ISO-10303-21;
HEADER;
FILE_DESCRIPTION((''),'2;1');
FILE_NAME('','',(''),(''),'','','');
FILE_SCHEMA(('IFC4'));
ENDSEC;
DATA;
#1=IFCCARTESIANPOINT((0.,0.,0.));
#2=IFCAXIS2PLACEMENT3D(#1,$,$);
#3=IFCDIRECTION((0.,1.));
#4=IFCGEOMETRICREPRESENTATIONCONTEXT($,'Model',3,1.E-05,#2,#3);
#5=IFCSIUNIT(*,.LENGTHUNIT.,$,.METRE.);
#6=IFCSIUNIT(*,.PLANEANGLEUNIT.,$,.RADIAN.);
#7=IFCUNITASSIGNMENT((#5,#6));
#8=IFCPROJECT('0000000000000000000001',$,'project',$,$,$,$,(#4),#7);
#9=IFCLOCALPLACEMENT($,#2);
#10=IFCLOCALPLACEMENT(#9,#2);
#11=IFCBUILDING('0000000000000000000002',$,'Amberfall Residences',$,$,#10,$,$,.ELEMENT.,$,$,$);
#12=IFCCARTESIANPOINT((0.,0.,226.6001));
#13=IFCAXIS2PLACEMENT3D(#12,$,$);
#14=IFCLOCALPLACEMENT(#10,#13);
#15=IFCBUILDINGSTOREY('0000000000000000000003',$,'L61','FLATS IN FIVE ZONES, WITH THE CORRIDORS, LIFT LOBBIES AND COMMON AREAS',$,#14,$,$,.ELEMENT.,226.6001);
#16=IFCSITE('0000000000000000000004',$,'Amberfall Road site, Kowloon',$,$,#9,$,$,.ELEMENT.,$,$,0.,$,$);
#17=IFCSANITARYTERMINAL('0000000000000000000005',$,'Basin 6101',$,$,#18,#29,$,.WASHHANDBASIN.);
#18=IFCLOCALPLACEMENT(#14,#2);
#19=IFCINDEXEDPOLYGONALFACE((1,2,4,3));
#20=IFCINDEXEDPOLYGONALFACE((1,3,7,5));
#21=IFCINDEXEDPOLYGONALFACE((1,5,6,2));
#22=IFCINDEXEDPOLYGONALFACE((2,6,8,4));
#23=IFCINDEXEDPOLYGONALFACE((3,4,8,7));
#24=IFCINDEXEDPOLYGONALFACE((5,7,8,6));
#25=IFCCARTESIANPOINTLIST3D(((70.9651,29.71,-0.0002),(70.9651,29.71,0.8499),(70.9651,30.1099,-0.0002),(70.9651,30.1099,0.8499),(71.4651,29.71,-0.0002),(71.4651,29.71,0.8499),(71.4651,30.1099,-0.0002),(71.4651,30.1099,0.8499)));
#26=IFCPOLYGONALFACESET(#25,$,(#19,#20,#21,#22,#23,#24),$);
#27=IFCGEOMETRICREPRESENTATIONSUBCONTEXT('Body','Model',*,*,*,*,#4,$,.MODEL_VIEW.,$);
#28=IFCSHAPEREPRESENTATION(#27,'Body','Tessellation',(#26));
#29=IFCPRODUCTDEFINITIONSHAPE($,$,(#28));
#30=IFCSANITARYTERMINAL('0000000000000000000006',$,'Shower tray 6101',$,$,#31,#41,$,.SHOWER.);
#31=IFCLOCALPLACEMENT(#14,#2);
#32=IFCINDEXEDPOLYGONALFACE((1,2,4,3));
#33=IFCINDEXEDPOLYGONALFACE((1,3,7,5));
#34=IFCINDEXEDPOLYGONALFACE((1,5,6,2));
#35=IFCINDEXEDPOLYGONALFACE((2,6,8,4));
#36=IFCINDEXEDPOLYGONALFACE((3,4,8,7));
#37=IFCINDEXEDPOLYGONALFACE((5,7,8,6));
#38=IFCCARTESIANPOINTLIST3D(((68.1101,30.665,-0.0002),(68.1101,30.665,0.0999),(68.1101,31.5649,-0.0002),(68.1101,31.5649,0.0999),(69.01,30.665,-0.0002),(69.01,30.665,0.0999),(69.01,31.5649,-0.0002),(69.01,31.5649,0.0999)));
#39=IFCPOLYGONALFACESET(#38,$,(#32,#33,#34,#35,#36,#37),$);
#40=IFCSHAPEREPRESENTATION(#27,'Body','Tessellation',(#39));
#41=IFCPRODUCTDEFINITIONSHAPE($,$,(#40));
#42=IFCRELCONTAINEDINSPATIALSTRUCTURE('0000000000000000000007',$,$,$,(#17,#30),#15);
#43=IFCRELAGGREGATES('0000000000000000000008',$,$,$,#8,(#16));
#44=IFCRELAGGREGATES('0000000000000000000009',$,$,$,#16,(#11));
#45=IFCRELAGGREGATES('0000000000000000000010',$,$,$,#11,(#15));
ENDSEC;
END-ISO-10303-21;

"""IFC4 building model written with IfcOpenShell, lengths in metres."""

from ifc_helpers import new_model, si_unit, direction, frame, origin, origin_2d, place, context, subcontext, project, spatial, rectangle, extrude, element, save


model = new_model("IFC4")

# Units and contexts
model_context = context("Model", 3, precision=1e-05, world=origin(), true_north=direction((0.0, 1.0)))
body_context = subcontext(model_context, "Body", "Model", "MODEL_VIEW")
ifc_project = project(units=[si_unit("LENGTHUNIT", "METRE"), si_unit("PLANEANGLEUNIT", "RADIAN")], contexts=[model_context])

# Site, building, storey
site_placement = place(None, origin())
site = spatial("IfcSite", under=ifc_project, at=site_placement, Name="Amberfall Road site, Kowloon", CompositionType="ELEMENT", RefElevation=0.0)
building_placement = place(site_placement, origin())
building = spatial("IfcBuilding", under=site, at=building_placement, Name="Amberfall Residences", CompositionType="ELEMENT")
storey_placement = place(building_placement, frame((0.0, 0.0, 226.6001)))
storey = spatial("IfcBuildingStorey", under=building, at=storey_placement, Name="L61", Description="FLATS IN FIVE ZONES, WITH THE CORRIDORS, LIFT LOBBIES AND COMMON AREAS", CompositionType="ELEMENT", Elevation=226.6001)

# Sanitary terminals
sanitary_terminal_1_placement = place(storey_placement, frame((71.2151, 29.9099, -0.0002), z_axis=(0.0, 0.0, 1.0), x_axis=(1.0, 0.0, 0.0)))
element("IfcSanitaryTerminal", 1, at=sanitary_terminal_1_placement, inside=storey, Name="Basin 6101", PredefinedType="WASHHANDBASIN", context=body_context, shape_type="SweptSolid", body=[
    extrude(rectangle(XDim=0.5, YDim=0.3999, at=origin_2d()), origin(), (0.0, 0.0, 1.0), 0.8501),
])
sanitary_terminal_2_placement = place(storey_placement, frame((68.5601, 31.115, -0.0002), z_axis=(0.0, 0.0, 1.0), x_axis=(1.0, 0.0, 0.0)))
element("IfcSanitaryTerminal", 2, at=sanitary_terminal_2_placement, inside=storey, Name="Shower tray 6101", PredefinedType="SHOWER", context=body_context, shape_type="SweptSolid", body=[
    extrude(rectangle(XDim=0.8999, YDim=0.8999, at=origin_2d()), origin(), (0.0, 0.0, 1.0), 0.1001),
])

save(model, "model.ifc")
